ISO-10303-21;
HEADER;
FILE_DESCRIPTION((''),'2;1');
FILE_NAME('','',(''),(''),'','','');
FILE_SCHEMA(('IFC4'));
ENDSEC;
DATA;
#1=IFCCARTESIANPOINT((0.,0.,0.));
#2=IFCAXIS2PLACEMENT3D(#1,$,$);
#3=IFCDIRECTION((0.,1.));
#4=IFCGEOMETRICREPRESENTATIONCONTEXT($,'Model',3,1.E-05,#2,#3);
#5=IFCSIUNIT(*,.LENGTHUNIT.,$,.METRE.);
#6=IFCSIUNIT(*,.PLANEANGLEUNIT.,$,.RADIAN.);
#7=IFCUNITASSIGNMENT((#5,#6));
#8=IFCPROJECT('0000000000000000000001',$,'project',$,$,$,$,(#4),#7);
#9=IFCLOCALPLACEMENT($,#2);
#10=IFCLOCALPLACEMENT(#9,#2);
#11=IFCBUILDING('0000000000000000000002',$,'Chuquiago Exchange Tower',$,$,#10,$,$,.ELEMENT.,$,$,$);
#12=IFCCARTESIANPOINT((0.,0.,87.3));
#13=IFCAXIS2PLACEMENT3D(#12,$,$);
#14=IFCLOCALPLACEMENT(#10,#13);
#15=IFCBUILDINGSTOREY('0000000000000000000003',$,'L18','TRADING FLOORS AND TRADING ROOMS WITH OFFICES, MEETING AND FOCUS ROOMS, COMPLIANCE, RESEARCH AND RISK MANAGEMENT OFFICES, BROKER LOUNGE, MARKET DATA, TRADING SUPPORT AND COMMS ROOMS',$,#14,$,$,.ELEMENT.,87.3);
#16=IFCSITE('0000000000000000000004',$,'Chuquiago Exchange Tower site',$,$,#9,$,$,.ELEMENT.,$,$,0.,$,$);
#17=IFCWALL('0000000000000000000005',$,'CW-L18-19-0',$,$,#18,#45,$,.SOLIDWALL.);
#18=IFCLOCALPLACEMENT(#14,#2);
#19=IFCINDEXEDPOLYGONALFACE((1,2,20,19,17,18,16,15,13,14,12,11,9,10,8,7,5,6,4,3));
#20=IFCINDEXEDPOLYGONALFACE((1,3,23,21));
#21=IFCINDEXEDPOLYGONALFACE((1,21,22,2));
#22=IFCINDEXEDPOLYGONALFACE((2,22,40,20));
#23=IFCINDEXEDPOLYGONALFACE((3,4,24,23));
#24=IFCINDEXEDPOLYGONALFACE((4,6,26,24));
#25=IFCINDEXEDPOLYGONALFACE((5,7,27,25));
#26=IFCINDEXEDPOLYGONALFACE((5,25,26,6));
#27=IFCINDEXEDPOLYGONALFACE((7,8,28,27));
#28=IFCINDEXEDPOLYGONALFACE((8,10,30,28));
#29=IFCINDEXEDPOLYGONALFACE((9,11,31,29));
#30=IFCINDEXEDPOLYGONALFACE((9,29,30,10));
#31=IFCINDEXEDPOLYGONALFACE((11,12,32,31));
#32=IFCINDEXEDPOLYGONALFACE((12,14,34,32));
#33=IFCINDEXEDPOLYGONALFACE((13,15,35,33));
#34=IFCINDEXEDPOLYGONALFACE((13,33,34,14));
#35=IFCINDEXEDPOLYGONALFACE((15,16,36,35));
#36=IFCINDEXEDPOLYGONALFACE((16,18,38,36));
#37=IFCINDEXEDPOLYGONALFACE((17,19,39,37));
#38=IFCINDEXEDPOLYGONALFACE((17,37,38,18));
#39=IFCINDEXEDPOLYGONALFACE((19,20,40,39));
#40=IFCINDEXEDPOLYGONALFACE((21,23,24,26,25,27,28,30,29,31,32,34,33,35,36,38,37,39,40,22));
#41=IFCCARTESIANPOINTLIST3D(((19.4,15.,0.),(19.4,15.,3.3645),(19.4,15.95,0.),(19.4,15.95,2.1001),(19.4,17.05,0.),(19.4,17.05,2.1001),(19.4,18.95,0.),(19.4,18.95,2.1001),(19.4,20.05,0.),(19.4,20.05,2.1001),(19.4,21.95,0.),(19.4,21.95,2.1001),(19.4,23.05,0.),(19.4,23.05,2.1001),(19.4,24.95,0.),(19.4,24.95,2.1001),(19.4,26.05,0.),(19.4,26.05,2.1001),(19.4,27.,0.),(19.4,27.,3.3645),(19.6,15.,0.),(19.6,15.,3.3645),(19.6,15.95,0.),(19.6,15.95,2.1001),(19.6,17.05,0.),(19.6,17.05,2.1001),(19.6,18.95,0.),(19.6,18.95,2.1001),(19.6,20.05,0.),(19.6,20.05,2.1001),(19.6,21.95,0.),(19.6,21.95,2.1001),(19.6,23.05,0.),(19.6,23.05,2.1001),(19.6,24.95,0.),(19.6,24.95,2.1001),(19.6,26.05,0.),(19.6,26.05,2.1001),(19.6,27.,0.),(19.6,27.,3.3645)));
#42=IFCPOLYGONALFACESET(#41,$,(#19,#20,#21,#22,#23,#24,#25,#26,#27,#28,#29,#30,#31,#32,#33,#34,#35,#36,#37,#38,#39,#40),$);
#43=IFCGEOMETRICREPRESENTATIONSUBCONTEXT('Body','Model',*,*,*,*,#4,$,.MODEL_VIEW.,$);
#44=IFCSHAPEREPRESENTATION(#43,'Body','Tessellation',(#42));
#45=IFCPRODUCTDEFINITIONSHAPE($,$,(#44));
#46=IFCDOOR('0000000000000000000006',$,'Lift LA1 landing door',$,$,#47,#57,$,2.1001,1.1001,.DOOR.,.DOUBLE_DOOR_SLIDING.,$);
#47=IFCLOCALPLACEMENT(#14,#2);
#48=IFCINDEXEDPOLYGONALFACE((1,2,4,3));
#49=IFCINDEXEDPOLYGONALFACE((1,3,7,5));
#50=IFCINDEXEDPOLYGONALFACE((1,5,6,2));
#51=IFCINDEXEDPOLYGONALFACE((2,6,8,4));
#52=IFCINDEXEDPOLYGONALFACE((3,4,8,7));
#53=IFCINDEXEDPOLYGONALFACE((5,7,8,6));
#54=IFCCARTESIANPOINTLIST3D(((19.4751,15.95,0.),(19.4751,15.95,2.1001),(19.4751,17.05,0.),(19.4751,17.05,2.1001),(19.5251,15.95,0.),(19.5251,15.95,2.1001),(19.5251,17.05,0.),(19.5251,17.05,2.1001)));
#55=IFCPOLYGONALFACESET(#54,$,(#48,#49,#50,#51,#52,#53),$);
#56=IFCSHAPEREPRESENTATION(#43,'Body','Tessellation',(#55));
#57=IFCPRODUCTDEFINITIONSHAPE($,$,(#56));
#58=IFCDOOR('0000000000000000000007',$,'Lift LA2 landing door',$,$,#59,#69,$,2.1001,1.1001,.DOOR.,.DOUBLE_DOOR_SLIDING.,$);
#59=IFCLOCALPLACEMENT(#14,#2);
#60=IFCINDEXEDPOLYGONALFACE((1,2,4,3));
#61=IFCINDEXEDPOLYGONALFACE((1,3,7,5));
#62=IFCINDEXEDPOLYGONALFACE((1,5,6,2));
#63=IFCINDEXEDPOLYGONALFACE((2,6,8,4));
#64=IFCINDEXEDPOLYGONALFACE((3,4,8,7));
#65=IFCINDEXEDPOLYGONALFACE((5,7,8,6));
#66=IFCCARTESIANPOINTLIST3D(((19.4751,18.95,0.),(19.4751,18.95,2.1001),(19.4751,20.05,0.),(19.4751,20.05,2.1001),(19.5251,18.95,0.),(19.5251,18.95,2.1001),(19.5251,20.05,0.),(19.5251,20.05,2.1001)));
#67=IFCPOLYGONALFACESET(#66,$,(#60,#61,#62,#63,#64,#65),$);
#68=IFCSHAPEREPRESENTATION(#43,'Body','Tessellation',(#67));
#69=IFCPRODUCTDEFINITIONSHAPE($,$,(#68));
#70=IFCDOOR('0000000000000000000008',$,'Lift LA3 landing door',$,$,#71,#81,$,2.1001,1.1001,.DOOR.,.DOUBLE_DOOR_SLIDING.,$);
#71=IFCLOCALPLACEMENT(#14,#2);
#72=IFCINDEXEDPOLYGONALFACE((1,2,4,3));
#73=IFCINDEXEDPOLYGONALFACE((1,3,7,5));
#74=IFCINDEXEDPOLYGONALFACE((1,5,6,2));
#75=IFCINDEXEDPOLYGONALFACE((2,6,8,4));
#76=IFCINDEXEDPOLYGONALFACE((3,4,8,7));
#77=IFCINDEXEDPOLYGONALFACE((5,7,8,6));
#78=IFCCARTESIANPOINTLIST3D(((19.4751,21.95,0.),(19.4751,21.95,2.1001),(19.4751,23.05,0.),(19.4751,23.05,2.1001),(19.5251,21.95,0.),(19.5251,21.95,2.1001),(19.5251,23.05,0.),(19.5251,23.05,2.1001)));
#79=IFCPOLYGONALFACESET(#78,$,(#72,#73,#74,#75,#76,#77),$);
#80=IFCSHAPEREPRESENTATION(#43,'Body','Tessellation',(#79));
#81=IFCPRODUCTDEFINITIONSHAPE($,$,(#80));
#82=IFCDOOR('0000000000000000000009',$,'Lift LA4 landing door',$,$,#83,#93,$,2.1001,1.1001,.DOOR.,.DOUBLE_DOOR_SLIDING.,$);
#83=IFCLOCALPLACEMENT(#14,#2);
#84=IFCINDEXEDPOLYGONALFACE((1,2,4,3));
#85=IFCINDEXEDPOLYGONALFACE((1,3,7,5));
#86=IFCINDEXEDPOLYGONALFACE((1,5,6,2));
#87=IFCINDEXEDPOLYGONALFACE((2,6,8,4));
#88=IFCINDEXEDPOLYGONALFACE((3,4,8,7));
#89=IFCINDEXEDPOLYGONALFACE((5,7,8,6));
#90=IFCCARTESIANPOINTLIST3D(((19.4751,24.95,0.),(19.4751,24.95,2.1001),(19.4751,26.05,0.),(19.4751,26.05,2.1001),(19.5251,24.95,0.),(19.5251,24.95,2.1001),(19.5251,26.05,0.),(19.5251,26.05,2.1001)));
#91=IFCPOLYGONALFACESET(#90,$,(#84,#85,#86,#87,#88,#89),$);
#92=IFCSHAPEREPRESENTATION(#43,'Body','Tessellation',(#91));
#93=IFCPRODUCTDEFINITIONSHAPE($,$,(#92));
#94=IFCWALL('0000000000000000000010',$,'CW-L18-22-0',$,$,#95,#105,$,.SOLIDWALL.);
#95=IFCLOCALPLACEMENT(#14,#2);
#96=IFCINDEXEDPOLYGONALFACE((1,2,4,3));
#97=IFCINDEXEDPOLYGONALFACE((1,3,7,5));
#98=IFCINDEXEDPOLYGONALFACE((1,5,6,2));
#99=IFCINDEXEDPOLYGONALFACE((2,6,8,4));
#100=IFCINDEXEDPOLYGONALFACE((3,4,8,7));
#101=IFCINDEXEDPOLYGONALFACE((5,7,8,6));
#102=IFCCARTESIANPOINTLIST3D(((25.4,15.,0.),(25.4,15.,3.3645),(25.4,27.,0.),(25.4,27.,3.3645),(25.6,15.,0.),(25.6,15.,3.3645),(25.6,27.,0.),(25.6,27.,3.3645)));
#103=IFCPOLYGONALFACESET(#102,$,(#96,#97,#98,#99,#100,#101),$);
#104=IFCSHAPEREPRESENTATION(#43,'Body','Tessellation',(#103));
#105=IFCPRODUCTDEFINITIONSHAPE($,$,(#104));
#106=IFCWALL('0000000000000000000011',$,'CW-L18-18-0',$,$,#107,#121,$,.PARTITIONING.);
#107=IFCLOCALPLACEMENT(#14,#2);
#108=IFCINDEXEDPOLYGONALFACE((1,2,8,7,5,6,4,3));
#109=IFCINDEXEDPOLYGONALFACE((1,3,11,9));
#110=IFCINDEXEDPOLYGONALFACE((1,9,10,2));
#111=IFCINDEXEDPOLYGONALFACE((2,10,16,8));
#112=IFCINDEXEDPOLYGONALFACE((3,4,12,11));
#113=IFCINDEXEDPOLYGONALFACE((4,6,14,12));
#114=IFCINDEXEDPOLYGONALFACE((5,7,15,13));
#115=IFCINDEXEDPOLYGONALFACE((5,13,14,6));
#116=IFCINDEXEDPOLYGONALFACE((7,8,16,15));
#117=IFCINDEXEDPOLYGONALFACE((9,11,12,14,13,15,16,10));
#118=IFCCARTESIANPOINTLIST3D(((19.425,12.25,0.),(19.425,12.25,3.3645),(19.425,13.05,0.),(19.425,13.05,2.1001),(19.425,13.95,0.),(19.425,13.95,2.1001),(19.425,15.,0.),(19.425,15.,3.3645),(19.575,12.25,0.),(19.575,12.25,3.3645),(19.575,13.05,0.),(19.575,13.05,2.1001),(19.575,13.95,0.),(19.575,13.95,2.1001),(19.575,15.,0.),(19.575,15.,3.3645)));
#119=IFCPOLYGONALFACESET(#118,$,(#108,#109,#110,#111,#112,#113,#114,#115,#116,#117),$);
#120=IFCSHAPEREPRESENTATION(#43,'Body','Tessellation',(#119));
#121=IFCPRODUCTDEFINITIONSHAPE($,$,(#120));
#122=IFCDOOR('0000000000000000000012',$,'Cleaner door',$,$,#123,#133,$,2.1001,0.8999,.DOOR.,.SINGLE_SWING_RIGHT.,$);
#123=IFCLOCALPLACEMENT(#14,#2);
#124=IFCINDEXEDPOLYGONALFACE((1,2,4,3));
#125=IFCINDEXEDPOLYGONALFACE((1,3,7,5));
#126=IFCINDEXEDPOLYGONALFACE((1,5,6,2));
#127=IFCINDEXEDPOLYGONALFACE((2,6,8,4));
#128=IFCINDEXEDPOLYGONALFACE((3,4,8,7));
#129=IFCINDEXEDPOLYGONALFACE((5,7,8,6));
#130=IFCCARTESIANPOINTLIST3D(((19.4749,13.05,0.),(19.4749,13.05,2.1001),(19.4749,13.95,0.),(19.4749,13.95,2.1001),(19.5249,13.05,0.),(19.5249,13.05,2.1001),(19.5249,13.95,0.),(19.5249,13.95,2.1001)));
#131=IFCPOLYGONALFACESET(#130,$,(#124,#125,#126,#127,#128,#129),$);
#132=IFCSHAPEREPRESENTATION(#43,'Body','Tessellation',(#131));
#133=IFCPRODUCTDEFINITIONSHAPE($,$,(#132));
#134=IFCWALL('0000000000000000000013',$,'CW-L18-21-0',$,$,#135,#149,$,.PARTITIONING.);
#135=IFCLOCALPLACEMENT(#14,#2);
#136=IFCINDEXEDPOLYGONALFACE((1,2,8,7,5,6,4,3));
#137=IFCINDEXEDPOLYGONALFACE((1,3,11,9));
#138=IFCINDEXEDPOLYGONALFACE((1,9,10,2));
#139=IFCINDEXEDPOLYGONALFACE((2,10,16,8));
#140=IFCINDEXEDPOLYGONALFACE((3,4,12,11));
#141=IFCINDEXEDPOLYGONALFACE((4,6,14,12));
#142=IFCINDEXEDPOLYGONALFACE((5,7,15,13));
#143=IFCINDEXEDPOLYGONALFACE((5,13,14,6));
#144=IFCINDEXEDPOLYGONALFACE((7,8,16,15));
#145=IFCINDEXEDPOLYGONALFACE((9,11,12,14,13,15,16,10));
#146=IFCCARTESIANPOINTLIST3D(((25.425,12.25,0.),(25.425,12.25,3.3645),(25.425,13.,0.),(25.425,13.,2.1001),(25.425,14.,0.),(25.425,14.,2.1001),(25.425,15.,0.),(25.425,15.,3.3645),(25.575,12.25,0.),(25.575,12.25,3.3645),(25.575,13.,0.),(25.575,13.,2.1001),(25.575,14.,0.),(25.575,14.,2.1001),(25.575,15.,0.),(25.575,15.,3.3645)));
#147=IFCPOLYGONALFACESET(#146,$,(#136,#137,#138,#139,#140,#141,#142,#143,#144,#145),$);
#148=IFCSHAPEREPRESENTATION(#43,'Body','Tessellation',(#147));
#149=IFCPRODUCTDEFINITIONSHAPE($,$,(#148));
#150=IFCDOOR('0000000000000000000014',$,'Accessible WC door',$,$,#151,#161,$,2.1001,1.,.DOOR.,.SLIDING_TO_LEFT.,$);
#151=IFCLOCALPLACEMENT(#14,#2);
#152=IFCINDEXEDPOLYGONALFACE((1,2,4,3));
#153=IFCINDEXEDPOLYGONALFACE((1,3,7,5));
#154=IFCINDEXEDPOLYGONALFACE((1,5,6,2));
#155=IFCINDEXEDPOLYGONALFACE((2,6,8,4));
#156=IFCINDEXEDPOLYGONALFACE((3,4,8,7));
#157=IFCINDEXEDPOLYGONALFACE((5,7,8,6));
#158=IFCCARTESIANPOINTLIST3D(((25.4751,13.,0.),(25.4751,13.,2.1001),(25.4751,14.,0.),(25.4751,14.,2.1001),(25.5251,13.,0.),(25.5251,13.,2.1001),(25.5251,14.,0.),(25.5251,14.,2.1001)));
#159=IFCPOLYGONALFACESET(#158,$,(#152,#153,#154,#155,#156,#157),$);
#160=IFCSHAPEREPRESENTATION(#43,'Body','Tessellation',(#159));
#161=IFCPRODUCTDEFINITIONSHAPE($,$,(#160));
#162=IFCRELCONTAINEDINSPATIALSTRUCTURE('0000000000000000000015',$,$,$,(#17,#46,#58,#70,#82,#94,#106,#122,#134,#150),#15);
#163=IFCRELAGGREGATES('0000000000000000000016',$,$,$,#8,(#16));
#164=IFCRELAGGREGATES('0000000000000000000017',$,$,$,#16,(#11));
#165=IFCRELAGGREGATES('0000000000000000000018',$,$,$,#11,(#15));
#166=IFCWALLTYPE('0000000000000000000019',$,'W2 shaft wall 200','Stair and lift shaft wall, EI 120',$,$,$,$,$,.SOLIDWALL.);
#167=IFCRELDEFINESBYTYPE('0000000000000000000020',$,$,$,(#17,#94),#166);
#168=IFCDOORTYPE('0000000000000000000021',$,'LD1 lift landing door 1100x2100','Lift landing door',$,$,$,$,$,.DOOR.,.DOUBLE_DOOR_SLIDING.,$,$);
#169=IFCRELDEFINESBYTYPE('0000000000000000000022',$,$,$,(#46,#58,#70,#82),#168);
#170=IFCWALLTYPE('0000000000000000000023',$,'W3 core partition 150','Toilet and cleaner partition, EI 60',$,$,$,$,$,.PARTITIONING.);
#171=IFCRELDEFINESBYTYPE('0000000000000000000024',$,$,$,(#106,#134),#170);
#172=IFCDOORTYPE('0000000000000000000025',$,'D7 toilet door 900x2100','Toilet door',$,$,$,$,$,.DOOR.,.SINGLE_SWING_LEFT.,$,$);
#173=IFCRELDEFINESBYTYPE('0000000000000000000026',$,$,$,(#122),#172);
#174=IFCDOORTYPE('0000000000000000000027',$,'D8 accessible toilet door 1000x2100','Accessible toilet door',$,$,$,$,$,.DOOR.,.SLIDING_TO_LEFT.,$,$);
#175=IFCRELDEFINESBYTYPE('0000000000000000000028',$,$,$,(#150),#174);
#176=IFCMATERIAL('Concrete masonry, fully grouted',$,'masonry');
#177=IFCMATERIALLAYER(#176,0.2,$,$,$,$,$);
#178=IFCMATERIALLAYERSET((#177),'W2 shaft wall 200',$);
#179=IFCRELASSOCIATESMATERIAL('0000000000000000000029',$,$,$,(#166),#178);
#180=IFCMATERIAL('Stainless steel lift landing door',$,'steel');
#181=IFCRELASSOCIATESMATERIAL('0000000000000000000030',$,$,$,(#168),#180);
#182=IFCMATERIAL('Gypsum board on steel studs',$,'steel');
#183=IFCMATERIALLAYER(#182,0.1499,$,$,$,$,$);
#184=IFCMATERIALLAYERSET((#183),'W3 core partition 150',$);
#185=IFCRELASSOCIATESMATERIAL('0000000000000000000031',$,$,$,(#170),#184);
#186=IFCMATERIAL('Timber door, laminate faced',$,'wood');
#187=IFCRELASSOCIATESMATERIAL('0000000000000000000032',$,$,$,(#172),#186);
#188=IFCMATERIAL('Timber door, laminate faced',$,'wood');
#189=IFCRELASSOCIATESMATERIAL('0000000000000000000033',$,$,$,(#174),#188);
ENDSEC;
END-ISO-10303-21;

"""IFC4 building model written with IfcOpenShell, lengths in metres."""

from ifc_helpers import new_model, si_unit, direction, frame, frame_2d, origin, place, context, subcontext, project, spatial, rectangle, extrude, material, layer, layer_set, type_object, element, fill, save


model = new_model("IFC4")

# Units and contexts
model_context = context("Model", 3, precision=1e-05, world=origin(), true_north=direction((0.0, 1.0)))
body_context = subcontext(model_context, "Body", "Model", "MODEL_VIEW")
ifc_project = project(units=[si_unit("LENGTHUNIT", "METRE"), si_unit("PLANEANGLEUNIT", "RADIAN")], contexts=[model_context])

# Site, building, storey
site_placement = place(None, origin())
site = spatial("IfcSite", under=ifc_project, at=site_placement, Name="Chuquiago Exchange Tower site", CompositionType="ELEMENT", RefElevation=0.0)
building_placement = place(site_placement, origin())
building = spatial("IfcBuilding", under=site, at=building_placement, Name="Chuquiago Exchange Tower", CompositionType="ELEMENT")
storey_placement = place(building_placement, frame((0.0, 0.0, 87.3)))
storey = spatial("IfcBuildingStorey", under=building, at=storey_placement, Name="L18", Description="TRADING FLOORS AND TRADING ROOMS WITH OFFICES, MEETING AND FOCUS ROOMS, COMPLIANCE, RESEARCH AND RISK MANAGEMENT OFFICES, BROKER LOUNGE, MARKET DATA, TRADING SUPPORT AND COMMS ROOMS", CompositionType="ELEMENT", Elevation=87.3)

# Shared definitions
ifc_material_1 = material(Name="Concrete masonry, fully grouted", Category="masonry")
ifc_layer_1 = layer(ifc_material_1, 0.2)
ifc_layer_set_1 = layer_set([ifc_layer_1], Name="W2 shaft wall 200")
wall_type_1 = type_object("IfcWallType", Name="W2 shaft wall 200", Description="Stair and lift shaft wall, EI 120", PredefinedType="SOLIDWALL", material=ifc_layer_set_1)

# Wall, openings, doors
wall_1_placement = place(storey_placement, frame((19.5, 15.0, 0.0), z_axis=(0.0, 0.0, 1.0), x_axis=(0.0, 1.0, 0.0)))
wall_1 = element("IfcWall", 1, at=wall_1_placement, inside=storey, type_object=wall_type_1, Name="CW-L18-19-0", PredefinedType="SOLIDWALL", context=body_context, shape_type="SweptSolid", body=[
    extrude(rectangle(XDim=12.0, YDim=0.2, at=frame_2d((6.0, 0.0))), origin(), (0.0, 0.0, 1.0), 3.3645),
])
opening_1_placement = place(wall_1_placement, frame((0.95, 0.0, 0.0)))
opening_1 = element("IfcOpeningElement", 2, at=opening_1_placement, cuts=wall_1, PredefinedType="OPENING", context=body_context, shape_type="SweptSolid", body=[
    extrude(rectangle(XDim=1.1001, YDim=2.1001, at=frame_2d((0.55, 1.05))), frame((0.0, 0.1099, 0.0), z_axis=(0.0, -1.0, 0.0), x_axis=(1.0, 0.0, 0.0)), (0.0, 0.0, 1.0), 0.22),
])
opening_2_placement = place(wall_1_placement, frame((3.95, 0.0, 0.0)))
opening_2 = element("IfcOpeningElement", 3, at=opening_2_placement, cuts=wall_1, PredefinedType="OPENING", context=body_context, shape_type="SweptSolid", body=[
    extrude(rectangle(XDim=1.1001, YDim=2.1001, at=frame_2d((0.55, 1.05))), frame((0.0, 0.1099, 0.0), z_axis=(0.0, -1.0, 0.0), x_axis=(1.0, 0.0, 0.0)), (0.0, 0.0, 1.0), 0.22),
])
opening_3_placement = place(wall_1_placement, frame((6.95, 0.0, 0.0)))
opening_3 = element("IfcOpeningElement", 4, at=opening_3_placement, cuts=wall_1, PredefinedType="OPENING", context=body_context, shape_type="SweptSolid", body=[
    extrude(rectangle(XDim=1.1001, YDim=2.1001, at=frame_2d((0.55, 1.05))), frame((0.0, 0.1099, 0.0), z_axis=(0.0, -1.0, 0.0), x_axis=(1.0, 0.0, 0.0)), (0.0, 0.0, 1.0), 0.22),
])
opening_4_placement = place(wall_1_placement, frame((9.95, 0.0, 0.0)))
opening_4 = element("IfcOpeningElement", 5, at=opening_4_placement, cuts=wall_1, PredefinedType="OPENING", context=body_context, shape_type="SweptSolid", body=[
    extrude(rectangle(XDim=1.1001, YDim=2.1001, at=frame_2d((0.55, 1.05))), frame((0.0, 0.1099, 0.0), z_axis=(0.0, -1.0, 0.0), x_axis=(1.0, 0.0, 0.0)), (0.0, 0.0, 1.0), 0.22),
])
ifc_material_2 = material(Name="Stainless steel lift landing door", Category="steel")
door_type_1 = type_object("IfcDoorType", Name="LD1 lift landing door 1100x2100", Description="Lift landing door", OperationType="DOUBLE_DOOR_SLIDING", PredefinedType="DOOR", material=ifc_material_2)
door_1_placement = place(opening_1_placement, origin())
door_1 = element("IfcDoor", 6, at=door_1_placement, inside=storey, type_object=door_type_1, Name="Lift LA1 landing door", OperationType="DOUBLE_DOOR_SLIDING", OverallHeight=2.1001, OverallWidth=1.1001, PredefinedType="DOOR", context=body_context, shape_type="SweptSolid", body=[
    extrude(rectangle(XDim=1.1001, YDim=2.1001, at=frame_2d((0.55, 1.05))), frame((0.0, 0.0249, 0.0), z_axis=(0.0, -1.0, 0.0), x_axis=(1.0, 0.0, 0.0)), (0.0, 0.0, 1.0), 0.05),
])
fill(opening_1, door_1)
door_2_placement = place(opening_2_placement, origin())
door_2 = element("IfcDoor", 7, at=door_2_placement, inside=storey, type_object=door_type_1, Name="Lift LA2 landing door", OperationType="DOUBLE_DOOR_SLIDING", OverallHeight=2.1001, OverallWidth=1.1001, PredefinedType="DOOR", context=body_context, shape_type="SweptSolid", body=[
    extrude(rectangle(XDim=1.1001, YDim=2.1001, at=frame_2d((0.55, 1.05))), frame((0.0, 0.0249, 0.0), z_axis=(0.0, -1.0, 0.0), x_axis=(1.0, 0.0, 0.0)), (0.0, 0.0, 1.0), 0.05),
])
fill(opening_2, door_2)
door_3_placement = place(opening_3_placement, origin())
door_3 = element("IfcDoor", 8, at=door_3_placement, inside=storey, type_object=door_type_1, Name="Lift LA3 landing door", OperationType="DOUBLE_DOOR_SLIDING", OverallHeight=2.1001, OverallWidth=1.1001, PredefinedType="DOOR", context=body_context, shape_type="SweptSolid", body=[
    extrude(rectangle(XDim=1.1001, YDim=2.1001, at=frame_2d((0.55, 1.05))), frame((0.0, 0.0249, 0.0), z_axis=(0.0, -1.0, 0.0), x_axis=(1.0, 0.0, 0.0)), (0.0, 0.0, 1.0), 0.05),
])
fill(opening_3, door_3)
door_4_placement = place(opening_4_placement, origin())
door_4 = element("IfcDoor", 9, at=door_4_placement, inside=storey, type_object=door_type_1, Name="Lift LA4 landing door", OperationType="DOUBLE_DOOR_SLIDING", OverallHeight=2.1001, OverallWidth=1.1001, PredefinedType="DOOR", context=body_context, shape_type="SweptSolid", body=[
    extrude(rectangle(XDim=1.1001, YDim=2.1001, at=frame_2d((0.55, 1.05))), frame((0.0, 0.0249, 0.0), z_axis=(0.0, -1.0, 0.0), x_axis=(1.0, 0.0, 0.0)), (0.0, 0.0, 1.0), 0.05),
])
fill(opening_4, door_4)

# Wall
wall_2_placement = place(storey_placement, frame((25.5, 15.0, 0.0), z_axis=(0.0, 0.0, 1.0), x_axis=(0.0, 1.0, 0.0)))
element("IfcWall", 10, at=wall_2_placement, inside=storey, type_object=wall_type_1, Name="CW-L18-22-0", PredefinedType="SOLIDWALL", context=body_context, shape_type="SweptSolid", body=[
    extrude(rectangle(XDim=12.0, YDim=0.2, at=frame_2d((6.0, 0.0))), origin(), (0.0, 0.0, 1.0), 3.3645),
])

# Walls, openings, doors
ifc_material_3 = material(Name="Gypsum board on steel studs", Category="steel")
ifc_layer_2 = layer(ifc_material_3, 0.1499)
ifc_layer_set_2 = layer_set([ifc_layer_2], Name="W3 core partition 150")
wall_type_2 = type_object("IfcWallType", Name="W3 core partition 150", Description="Toilet and cleaner partition, EI 60", PredefinedType="PARTITIONING", material=ifc_layer_set_2)
wall_3_placement = place(storey_placement, frame((19.5, 12.25, 0.0), z_axis=(0.0, 0.0, 1.0), x_axis=(0.0, 1.0, 0.0)))
wall_3 = element("IfcWall", 11, at=wall_3_placement, inside=storey, type_object=wall_type_2, Name="CW-L18-18-0", PredefinedType="PARTITIONING", context=body_context, shape_type="SweptSolid", body=[
    extrude(rectangle(XDim=2.75, YDim=0.1499, at=frame_2d((1.375, 0.0))), origin(), (0.0, 0.0, 1.0), 3.3645),
])
opening_5_placement = place(wall_3_placement, frame((0.8, 0.0, 0.0)))
opening_5 = element("IfcOpeningElement", 12, at=opening_5_placement, cuts=wall_3, PredefinedType="OPENING", context=body_context, shape_type="SweptSolid", body=[
    extrude(rectangle(XDim=0.8999, YDim=2.1001, at=frame_2d((0.45, 1.05))), frame((0.0, 0.085, 0.0), z_axis=(0.0, -1.0, 0.0), x_axis=(1.0, 0.0, 0.0)), (0.0, 0.0, 1.0), 0.1699),
])
ifc_material_4 = material(Name="Timber door, laminate faced", Category="wood")
door_type_2 = type_object("IfcDoorType", Name="D7 toilet door 900x2100", Description="Toilet door", OperationType="SINGLE_SWING_LEFT", PredefinedType="DOOR", material=ifc_material_4)
door_5_placement = place(opening_5_placement, frame((0.8999, 0.0, 0.0), z_axis=(0.0, 0.0, 1.0), x_axis=(-1.0, 0.0, 0.0)))
door_5 = element("IfcDoor", 13, at=door_5_placement, inside=storey, type_object=door_type_2, Name="Cleaner door", OperationType="SINGLE_SWING_RIGHT", OverallHeight=2.1001, OverallWidth=0.8999, PredefinedType="DOOR", context=body_context, shape_type="SweptSolid", body=[
    extrude(rectangle(XDim=0.8999, YDim=2.1001, at=frame_2d((0.45, 1.05))), frame((0.0, 0.0249, 0.0), z_axis=(0.0, -1.0, 0.0), x_axis=(1.0, 0.0, 0.0)), (0.0, 0.0, 1.0), 0.05),
])
fill(opening_5, door_5)
wall_4_placement = place(storey_placement, frame((25.5, 12.25, 0.0), z_axis=(0.0, 0.0, 1.0), x_axis=(0.0, 1.0, 0.0)))
wall_4 = element("IfcWall", 14, at=wall_4_placement, inside=storey, type_object=wall_type_2, Name="CW-L18-21-0", PredefinedType="PARTITIONING", context=body_context, shape_type="SweptSolid", body=[
    extrude(rectangle(XDim=2.75, YDim=0.1499, at=frame_2d((1.375, 0.0))), origin(), (0.0, 0.0, 1.0), 3.3645),
])
opening_6_placement = place(wall_4_placement, frame((0.75, 0.0, 0.0)))
opening_6 = element("IfcOpeningElement", 15, at=opening_6_placement, cuts=wall_4, PredefinedType="OPENING", context=body_context, shape_type="SweptSolid", body=[
    extrude(rectangle(XDim=1.0, YDim=2.1001, at=frame_2d((0.5, 1.05))), frame((0.0, 0.085, 0.0), z_axis=(0.0, -1.0, 0.0), x_axis=(1.0, 0.0, 0.0)), (0.0, 0.0, 1.0), 0.1699),
])
ifc_material_5 = material(Name="Timber door, laminate faced", Category="wood")
door_type_3 = type_object("IfcDoorType", Name="D8 accessible toilet door 1000x2100", Description="Accessible toilet door", OperationType="SLIDING_TO_LEFT", PredefinedType="DOOR", material=ifc_material_5)
door_6_placement = place(opening_6_placement, origin())
door_6 = element("IfcDoor", 16, at=door_6_placement, inside=storey, type_object=door_type_3, Name="Accessible WC door", OperationType="SLIDING_TO_LEFT", OverallHeight=2.1001, OverallWidth=1.0, PredefinedType="DOOR", context=body_context, shape_type="SweptSolid", body=[
    extrude(rectangle(XDim=1.0, YDim=2.1001, at=frame_2d((0.5, 1.05))), frame((0.0, 0.0249, 0.0), z_axis=(0.0, -1.0, 0.0), x_axis=(1.0, 0.0, 0.0)), (0.0, 0.0, 1.0), 0.05),
])
fill(opening_6, door_6)

save(model, "model.ifc")
